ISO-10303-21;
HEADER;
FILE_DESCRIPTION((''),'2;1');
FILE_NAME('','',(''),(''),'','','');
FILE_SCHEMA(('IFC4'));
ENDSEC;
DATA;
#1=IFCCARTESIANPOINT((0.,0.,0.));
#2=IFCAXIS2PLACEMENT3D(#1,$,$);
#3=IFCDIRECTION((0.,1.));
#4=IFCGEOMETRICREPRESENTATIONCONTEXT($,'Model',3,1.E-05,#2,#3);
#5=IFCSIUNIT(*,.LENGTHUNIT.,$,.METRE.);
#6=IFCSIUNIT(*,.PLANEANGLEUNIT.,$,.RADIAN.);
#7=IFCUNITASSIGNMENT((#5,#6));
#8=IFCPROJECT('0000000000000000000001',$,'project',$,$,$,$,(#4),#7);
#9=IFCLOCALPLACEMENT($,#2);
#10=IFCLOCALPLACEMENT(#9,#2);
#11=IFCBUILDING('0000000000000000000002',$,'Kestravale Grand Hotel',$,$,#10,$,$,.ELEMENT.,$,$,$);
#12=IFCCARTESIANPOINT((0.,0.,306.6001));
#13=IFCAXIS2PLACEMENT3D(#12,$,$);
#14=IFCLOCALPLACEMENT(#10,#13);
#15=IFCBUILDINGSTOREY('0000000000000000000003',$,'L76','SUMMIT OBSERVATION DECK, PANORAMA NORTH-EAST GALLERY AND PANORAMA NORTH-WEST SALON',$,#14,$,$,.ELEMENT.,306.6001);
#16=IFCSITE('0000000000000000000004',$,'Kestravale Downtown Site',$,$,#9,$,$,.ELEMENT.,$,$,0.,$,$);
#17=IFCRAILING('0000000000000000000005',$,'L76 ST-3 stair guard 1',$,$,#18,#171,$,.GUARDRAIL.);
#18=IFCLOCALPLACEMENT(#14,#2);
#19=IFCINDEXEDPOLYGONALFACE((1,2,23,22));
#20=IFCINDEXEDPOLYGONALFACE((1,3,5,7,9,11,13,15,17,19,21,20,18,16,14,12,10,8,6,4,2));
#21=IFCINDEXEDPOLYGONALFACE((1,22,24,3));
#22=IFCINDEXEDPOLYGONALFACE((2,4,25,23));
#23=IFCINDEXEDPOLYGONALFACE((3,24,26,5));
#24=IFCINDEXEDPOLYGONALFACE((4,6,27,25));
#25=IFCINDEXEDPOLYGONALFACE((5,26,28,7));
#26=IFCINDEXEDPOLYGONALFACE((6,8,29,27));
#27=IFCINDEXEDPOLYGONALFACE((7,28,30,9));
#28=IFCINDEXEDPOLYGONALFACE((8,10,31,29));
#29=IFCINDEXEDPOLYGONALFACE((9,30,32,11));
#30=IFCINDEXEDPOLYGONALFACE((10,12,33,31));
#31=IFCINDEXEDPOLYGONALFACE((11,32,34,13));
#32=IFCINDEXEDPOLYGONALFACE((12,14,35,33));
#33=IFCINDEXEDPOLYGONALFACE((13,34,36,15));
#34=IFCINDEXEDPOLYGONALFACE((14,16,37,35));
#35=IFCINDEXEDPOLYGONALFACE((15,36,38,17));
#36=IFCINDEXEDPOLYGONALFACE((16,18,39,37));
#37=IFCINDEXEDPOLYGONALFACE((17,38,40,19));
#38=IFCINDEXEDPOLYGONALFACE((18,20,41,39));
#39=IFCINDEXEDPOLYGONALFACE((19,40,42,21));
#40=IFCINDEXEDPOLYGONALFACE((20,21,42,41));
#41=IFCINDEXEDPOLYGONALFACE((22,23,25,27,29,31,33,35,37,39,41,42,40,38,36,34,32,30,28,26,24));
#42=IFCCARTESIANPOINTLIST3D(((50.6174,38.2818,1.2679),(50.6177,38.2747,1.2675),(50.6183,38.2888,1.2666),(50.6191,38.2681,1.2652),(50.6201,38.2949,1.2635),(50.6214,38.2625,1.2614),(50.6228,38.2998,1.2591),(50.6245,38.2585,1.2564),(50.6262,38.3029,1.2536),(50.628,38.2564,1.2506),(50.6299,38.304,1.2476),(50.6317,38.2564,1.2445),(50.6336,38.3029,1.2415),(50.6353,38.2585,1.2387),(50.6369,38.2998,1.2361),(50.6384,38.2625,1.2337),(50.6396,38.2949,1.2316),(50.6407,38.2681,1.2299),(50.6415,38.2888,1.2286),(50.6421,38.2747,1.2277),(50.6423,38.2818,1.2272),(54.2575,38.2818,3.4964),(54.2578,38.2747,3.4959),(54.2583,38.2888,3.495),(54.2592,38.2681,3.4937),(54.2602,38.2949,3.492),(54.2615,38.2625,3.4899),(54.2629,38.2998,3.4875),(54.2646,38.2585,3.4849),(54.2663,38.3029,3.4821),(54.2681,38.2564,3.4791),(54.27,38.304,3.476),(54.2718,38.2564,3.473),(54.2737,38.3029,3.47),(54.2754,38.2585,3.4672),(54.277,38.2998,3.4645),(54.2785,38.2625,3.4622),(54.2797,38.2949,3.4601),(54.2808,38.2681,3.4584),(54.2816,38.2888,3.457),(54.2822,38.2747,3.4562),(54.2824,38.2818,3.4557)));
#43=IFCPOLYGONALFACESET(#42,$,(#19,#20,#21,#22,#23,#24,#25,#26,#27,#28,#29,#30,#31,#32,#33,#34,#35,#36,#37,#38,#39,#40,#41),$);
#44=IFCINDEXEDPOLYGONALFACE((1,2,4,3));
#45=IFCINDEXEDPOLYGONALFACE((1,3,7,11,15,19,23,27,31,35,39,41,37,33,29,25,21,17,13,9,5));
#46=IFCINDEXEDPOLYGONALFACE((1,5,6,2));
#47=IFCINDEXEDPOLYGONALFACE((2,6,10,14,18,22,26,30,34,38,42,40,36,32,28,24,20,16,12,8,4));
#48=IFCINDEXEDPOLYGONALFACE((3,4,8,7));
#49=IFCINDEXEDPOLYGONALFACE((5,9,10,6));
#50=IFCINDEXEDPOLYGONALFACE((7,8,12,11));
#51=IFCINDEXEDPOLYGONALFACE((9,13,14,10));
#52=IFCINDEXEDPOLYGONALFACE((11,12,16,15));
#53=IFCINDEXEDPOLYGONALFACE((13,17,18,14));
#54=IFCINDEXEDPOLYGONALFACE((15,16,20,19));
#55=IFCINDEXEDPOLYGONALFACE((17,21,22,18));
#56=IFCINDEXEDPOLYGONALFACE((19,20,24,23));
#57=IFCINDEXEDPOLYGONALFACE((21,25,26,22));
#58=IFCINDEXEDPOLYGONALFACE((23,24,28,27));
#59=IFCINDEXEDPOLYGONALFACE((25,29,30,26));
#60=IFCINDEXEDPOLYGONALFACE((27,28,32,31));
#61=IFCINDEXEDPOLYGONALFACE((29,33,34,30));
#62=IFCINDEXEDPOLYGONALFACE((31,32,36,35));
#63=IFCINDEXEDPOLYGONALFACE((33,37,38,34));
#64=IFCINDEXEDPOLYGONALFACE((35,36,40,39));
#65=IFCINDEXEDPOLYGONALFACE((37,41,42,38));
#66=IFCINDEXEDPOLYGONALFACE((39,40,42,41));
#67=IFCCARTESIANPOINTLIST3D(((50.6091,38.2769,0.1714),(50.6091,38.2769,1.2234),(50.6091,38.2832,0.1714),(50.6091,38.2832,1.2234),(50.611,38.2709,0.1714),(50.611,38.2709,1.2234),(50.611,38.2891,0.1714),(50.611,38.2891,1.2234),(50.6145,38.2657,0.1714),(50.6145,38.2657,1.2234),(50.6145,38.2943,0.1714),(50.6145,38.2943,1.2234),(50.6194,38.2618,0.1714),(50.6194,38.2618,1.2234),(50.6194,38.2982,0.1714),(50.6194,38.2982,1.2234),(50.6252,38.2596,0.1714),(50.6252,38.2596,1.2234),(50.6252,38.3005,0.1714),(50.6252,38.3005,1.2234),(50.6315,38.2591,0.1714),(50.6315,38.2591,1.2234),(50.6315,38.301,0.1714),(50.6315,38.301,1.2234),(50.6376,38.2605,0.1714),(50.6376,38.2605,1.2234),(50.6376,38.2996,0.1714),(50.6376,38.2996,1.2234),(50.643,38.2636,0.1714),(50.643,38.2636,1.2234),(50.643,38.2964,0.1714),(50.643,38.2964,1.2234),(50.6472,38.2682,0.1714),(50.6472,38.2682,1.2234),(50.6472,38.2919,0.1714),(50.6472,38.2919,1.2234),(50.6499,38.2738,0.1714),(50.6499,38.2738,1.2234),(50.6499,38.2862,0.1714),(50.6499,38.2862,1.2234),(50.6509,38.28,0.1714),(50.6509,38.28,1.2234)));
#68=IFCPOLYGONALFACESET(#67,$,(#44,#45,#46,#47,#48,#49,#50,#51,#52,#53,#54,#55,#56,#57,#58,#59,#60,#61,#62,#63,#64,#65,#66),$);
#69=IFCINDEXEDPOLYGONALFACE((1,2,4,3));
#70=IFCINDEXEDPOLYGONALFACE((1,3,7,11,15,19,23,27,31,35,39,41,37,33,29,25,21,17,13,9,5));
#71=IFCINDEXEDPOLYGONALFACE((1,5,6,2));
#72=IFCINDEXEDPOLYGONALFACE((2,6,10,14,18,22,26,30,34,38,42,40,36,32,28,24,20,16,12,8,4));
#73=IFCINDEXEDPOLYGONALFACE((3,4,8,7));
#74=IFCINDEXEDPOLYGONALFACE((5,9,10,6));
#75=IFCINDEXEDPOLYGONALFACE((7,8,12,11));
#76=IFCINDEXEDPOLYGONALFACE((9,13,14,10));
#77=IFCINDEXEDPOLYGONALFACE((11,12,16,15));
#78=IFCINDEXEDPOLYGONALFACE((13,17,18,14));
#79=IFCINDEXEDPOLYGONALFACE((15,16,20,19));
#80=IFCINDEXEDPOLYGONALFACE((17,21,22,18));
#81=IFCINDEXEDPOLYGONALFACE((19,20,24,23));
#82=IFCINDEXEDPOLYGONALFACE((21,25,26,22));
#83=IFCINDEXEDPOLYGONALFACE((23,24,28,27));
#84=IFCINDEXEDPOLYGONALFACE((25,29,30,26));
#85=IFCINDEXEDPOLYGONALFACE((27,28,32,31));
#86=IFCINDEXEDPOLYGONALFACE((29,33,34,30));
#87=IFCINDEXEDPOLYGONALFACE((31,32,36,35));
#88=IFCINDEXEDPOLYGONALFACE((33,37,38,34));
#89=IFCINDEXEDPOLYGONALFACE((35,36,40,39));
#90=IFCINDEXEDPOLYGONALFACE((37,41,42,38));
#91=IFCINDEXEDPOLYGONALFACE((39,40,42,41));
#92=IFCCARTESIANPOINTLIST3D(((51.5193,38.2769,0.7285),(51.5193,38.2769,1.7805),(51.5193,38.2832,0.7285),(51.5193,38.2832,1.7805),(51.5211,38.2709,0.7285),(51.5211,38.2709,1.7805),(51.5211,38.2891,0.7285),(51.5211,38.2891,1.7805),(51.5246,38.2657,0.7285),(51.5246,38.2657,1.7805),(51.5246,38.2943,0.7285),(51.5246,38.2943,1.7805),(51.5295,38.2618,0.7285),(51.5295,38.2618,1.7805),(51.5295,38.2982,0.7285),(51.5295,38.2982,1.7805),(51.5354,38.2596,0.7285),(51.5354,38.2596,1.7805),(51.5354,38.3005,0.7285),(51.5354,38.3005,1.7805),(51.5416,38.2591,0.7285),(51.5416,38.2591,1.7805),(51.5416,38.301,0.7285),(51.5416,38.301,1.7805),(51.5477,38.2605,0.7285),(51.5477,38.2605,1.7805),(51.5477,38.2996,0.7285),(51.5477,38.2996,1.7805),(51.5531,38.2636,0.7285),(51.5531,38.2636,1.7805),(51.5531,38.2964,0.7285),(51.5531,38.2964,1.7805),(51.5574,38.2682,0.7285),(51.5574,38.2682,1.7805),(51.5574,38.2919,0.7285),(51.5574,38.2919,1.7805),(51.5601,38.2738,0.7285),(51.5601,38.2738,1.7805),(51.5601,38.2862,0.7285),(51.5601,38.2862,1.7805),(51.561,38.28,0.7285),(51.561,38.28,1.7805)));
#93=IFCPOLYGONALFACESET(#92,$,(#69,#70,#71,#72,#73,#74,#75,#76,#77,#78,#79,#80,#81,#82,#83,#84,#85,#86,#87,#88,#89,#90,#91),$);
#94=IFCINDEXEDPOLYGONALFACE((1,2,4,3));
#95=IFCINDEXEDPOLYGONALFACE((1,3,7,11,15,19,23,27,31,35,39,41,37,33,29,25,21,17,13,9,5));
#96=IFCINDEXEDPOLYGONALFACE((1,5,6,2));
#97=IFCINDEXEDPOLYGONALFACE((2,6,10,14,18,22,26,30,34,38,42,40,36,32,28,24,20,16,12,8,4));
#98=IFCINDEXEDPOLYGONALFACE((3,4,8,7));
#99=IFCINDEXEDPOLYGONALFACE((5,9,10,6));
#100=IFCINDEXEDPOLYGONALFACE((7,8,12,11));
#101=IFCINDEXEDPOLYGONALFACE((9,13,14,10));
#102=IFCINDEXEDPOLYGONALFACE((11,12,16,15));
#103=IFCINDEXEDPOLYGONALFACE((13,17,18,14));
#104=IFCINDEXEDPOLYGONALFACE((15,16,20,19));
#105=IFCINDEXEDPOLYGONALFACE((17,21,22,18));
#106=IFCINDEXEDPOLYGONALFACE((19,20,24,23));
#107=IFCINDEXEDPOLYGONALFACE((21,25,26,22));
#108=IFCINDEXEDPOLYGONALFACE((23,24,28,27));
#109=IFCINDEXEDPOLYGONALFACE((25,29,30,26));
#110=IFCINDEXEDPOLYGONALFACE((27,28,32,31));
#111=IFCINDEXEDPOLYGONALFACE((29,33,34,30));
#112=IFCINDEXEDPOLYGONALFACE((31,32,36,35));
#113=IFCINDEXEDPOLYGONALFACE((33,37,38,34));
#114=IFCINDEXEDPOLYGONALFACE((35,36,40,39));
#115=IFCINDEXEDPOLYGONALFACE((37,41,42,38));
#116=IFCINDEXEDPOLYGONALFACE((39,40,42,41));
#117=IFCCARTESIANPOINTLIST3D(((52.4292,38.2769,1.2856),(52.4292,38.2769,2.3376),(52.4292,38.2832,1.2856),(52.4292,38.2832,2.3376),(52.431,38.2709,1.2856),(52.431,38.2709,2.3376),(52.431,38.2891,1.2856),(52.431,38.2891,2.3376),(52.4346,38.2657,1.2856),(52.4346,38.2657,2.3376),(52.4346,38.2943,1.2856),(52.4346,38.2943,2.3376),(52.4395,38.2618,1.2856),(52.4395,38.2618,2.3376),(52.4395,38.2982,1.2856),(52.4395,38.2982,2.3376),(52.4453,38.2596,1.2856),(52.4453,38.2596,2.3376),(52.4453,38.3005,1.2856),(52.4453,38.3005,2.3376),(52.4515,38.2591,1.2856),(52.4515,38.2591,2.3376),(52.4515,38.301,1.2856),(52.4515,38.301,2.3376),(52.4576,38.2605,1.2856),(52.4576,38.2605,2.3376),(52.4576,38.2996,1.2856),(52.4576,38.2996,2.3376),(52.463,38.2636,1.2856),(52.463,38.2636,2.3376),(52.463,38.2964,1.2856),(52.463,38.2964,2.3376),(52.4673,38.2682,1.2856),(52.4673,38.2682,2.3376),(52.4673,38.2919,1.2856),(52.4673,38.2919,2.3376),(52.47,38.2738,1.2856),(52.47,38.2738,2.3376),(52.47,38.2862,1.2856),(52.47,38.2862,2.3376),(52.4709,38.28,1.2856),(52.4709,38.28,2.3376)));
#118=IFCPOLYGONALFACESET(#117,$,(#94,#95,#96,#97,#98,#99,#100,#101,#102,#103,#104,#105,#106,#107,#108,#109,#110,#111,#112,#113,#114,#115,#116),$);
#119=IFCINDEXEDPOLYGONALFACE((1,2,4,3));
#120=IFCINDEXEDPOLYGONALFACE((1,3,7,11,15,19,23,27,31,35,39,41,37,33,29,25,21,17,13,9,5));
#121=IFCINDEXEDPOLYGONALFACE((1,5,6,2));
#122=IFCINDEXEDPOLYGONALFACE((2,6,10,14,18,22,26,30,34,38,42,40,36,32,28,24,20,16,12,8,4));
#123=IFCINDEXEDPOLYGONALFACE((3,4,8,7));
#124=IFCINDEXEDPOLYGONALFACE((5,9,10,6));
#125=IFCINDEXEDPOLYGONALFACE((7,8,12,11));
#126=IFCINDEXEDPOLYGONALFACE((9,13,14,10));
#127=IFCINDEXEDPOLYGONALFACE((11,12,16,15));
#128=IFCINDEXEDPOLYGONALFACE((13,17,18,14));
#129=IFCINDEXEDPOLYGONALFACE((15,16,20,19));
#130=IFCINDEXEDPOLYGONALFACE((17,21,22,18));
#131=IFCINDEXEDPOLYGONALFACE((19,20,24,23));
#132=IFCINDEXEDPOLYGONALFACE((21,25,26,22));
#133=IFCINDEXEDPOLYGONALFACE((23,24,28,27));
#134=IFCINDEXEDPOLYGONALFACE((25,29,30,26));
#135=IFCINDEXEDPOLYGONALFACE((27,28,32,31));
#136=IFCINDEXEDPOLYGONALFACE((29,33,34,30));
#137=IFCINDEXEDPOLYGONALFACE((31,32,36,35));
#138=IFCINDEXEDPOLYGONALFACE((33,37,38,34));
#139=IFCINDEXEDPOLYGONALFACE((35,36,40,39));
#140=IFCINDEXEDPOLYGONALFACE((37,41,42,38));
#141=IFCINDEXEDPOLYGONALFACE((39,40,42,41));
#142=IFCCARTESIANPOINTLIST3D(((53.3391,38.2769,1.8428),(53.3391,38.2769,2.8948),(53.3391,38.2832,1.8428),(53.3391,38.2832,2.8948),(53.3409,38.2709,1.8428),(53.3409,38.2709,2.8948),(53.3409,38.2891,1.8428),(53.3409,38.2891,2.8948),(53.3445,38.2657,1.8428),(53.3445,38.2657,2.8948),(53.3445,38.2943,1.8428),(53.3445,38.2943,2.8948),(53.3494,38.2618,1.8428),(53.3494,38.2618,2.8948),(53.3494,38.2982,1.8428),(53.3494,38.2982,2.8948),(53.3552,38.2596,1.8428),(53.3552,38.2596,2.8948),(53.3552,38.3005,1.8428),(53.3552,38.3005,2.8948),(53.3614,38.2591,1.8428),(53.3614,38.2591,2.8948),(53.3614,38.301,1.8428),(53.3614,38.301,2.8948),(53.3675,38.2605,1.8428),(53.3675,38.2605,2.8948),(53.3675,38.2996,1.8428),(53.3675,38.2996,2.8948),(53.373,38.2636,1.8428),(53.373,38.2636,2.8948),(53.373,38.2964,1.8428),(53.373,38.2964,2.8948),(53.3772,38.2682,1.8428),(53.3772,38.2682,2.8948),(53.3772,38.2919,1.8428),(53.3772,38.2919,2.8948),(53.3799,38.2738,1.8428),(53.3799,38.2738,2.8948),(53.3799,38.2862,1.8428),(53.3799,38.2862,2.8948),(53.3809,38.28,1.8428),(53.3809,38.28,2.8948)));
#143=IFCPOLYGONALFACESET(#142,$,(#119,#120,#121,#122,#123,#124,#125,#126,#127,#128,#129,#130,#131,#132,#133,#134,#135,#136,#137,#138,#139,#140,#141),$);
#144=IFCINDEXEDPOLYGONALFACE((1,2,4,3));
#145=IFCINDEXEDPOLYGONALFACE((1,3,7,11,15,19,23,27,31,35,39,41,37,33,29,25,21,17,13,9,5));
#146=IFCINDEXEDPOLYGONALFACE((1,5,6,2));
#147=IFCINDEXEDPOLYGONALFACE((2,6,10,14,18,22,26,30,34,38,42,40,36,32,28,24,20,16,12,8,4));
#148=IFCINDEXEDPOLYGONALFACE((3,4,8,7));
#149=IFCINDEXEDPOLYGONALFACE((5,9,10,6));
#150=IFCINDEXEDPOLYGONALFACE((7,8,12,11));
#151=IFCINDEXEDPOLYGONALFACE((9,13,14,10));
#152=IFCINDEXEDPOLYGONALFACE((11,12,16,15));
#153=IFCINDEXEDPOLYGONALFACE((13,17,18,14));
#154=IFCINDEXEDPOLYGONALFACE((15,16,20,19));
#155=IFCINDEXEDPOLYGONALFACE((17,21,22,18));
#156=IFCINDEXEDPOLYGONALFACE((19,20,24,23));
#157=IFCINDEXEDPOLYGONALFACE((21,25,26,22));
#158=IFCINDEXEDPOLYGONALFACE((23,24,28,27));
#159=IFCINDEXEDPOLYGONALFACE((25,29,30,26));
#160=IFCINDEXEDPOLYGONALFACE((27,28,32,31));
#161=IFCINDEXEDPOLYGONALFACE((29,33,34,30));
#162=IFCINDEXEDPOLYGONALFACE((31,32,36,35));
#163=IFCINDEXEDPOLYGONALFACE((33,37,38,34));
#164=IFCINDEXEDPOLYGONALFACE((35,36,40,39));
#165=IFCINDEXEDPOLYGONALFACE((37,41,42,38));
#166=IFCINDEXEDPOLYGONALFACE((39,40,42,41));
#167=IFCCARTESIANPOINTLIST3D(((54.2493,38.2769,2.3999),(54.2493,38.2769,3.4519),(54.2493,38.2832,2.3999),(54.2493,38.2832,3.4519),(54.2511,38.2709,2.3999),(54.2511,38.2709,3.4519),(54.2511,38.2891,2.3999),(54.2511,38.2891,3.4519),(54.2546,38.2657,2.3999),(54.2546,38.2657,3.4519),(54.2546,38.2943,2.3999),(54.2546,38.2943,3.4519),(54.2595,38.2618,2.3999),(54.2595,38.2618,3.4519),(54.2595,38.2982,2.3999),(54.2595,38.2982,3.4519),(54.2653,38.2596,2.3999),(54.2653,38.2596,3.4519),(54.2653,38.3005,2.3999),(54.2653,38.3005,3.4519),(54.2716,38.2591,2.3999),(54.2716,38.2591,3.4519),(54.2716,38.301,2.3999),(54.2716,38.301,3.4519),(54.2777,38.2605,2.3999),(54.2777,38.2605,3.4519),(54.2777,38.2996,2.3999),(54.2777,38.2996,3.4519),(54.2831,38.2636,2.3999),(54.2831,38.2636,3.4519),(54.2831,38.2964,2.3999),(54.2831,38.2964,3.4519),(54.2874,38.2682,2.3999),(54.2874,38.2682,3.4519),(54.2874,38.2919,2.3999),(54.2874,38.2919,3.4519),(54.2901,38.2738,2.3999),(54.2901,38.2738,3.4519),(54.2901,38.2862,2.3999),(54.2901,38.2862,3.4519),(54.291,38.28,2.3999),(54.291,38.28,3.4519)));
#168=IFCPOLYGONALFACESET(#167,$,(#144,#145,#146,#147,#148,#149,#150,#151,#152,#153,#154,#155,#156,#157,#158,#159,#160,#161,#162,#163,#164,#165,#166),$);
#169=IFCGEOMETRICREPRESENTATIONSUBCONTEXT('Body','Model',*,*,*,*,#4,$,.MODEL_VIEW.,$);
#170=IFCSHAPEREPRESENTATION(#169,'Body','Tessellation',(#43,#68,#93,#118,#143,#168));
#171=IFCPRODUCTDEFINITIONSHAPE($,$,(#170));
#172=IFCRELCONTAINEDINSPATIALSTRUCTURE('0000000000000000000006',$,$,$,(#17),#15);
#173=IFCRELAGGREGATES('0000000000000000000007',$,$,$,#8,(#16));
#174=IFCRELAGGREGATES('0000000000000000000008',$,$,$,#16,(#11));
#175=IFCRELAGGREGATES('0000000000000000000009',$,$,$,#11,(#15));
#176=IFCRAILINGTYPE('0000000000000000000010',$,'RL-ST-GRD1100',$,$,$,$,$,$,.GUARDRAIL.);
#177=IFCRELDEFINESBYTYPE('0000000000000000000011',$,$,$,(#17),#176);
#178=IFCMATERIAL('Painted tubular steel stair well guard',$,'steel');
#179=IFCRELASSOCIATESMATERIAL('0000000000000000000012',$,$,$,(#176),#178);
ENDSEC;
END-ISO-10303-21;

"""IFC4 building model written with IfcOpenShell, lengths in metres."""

from ifc_helpers import new_model, si_unit, direction, frame, origin, origin_2d, place, context, subcontext, project, spatial, circle, extrude, material, type_object, element, save


model = new_model("IFC4")

# Units and contexts
model_context = context("Model", 3, precision=1e-05, world=origin(), true_north=direction((0.0, 1.0)))
body_context = subcontext(model_context, "Body", "Model", "MODEL_VIEW")
ifc_project = project(units=[si_unit("LENGTHUNIT", "METRE"), si_unit("PLANEANGLEUNIT", "RADIAN")], contexts=[model_context])

# Site, building, storey
site_placement = place(None, origin())
site = spatial("IfcSite", under=ifc_project, at=site_placement, Name="Kestravale Downtown Site", CompositionType="ELEMENT", RefElevation=0.0)
building_placement = place(site_placement, origin())
building = spatial("IfcBuilding", under=site, at=building_placement, Name="Kestravale Grand Hotel", CompositionType="ELEMENT")
storey_placement = place(building_placement, frame((0.0, 0.0, 306.6001)))
storey = spatial("IfcBuildingStorey", under=building, at=storey_placement, Name="L76", Description="SUMMIT OBSERVATION DECK, PANORAMA NORTH-EAST GALLERY AND PANORAMA NORTH-WEST SALON", CompositionType="ELEMENT", Elevation=306.6001)

# Railing
ifc_material_1 = material(Name="Painted tubular steel stair well guard", Category="steel")
railing_type_1 = type_object("IfcRailingType", Name="RL-ST-GRD1100", PredefinedType="GUARDRAIL", material=ifc_material_1)
railing_1_placement = place(storey_placement, frame((50.6299, 38.28, 0.1714)))
element("IfcRailing", 1, at=railing_1_placement, inside=storey, type_object=railing_type_1, Name="L76 ST-3 stair guard 1", PredefinedType="GUARDRAIL", context=body_context, shape_type="SweptSolid", body=[
    extrude(circle(Radius=0.0239, at=origin_2d()), frame((0.0, 0.0, 1.0762), z_axis=(0.852866, 0.0, 0.52213), x_axis=(0.0, 1.0, 0.0)), (0.0, 0.0, 1.0), 4.2681),
    extrude(circle(Radius=0.021, at=origin_2d()), origin(), (0.0, 0.0, 1.0), 1.052),
    extrude(circle(Radius=0.021, at=origin_2d()), frame((0.9102, 0.0, 0.5571)), (0.0, 0.0, 1.0), 1.052),
    extrude(circle(Radius=0.021, at=origin_2d()), frame((1.8201, 0.0, 1.1143)), (0.0, 0.0, 1.0), 1.052),
    extrude(circle(Radius=0.021, at=origin_2d()), frame((2.73, 0.0, 1.6714)), (0.0, 0.0, 1.0), 1.052),
    extrude(circle(Radius=0.021, at=origin_2d()), frame((3.6401, 0.0, 2.2285)), (0.0, 0.0, 1.0), 1.052),
])

save(model, "model.ifc")
